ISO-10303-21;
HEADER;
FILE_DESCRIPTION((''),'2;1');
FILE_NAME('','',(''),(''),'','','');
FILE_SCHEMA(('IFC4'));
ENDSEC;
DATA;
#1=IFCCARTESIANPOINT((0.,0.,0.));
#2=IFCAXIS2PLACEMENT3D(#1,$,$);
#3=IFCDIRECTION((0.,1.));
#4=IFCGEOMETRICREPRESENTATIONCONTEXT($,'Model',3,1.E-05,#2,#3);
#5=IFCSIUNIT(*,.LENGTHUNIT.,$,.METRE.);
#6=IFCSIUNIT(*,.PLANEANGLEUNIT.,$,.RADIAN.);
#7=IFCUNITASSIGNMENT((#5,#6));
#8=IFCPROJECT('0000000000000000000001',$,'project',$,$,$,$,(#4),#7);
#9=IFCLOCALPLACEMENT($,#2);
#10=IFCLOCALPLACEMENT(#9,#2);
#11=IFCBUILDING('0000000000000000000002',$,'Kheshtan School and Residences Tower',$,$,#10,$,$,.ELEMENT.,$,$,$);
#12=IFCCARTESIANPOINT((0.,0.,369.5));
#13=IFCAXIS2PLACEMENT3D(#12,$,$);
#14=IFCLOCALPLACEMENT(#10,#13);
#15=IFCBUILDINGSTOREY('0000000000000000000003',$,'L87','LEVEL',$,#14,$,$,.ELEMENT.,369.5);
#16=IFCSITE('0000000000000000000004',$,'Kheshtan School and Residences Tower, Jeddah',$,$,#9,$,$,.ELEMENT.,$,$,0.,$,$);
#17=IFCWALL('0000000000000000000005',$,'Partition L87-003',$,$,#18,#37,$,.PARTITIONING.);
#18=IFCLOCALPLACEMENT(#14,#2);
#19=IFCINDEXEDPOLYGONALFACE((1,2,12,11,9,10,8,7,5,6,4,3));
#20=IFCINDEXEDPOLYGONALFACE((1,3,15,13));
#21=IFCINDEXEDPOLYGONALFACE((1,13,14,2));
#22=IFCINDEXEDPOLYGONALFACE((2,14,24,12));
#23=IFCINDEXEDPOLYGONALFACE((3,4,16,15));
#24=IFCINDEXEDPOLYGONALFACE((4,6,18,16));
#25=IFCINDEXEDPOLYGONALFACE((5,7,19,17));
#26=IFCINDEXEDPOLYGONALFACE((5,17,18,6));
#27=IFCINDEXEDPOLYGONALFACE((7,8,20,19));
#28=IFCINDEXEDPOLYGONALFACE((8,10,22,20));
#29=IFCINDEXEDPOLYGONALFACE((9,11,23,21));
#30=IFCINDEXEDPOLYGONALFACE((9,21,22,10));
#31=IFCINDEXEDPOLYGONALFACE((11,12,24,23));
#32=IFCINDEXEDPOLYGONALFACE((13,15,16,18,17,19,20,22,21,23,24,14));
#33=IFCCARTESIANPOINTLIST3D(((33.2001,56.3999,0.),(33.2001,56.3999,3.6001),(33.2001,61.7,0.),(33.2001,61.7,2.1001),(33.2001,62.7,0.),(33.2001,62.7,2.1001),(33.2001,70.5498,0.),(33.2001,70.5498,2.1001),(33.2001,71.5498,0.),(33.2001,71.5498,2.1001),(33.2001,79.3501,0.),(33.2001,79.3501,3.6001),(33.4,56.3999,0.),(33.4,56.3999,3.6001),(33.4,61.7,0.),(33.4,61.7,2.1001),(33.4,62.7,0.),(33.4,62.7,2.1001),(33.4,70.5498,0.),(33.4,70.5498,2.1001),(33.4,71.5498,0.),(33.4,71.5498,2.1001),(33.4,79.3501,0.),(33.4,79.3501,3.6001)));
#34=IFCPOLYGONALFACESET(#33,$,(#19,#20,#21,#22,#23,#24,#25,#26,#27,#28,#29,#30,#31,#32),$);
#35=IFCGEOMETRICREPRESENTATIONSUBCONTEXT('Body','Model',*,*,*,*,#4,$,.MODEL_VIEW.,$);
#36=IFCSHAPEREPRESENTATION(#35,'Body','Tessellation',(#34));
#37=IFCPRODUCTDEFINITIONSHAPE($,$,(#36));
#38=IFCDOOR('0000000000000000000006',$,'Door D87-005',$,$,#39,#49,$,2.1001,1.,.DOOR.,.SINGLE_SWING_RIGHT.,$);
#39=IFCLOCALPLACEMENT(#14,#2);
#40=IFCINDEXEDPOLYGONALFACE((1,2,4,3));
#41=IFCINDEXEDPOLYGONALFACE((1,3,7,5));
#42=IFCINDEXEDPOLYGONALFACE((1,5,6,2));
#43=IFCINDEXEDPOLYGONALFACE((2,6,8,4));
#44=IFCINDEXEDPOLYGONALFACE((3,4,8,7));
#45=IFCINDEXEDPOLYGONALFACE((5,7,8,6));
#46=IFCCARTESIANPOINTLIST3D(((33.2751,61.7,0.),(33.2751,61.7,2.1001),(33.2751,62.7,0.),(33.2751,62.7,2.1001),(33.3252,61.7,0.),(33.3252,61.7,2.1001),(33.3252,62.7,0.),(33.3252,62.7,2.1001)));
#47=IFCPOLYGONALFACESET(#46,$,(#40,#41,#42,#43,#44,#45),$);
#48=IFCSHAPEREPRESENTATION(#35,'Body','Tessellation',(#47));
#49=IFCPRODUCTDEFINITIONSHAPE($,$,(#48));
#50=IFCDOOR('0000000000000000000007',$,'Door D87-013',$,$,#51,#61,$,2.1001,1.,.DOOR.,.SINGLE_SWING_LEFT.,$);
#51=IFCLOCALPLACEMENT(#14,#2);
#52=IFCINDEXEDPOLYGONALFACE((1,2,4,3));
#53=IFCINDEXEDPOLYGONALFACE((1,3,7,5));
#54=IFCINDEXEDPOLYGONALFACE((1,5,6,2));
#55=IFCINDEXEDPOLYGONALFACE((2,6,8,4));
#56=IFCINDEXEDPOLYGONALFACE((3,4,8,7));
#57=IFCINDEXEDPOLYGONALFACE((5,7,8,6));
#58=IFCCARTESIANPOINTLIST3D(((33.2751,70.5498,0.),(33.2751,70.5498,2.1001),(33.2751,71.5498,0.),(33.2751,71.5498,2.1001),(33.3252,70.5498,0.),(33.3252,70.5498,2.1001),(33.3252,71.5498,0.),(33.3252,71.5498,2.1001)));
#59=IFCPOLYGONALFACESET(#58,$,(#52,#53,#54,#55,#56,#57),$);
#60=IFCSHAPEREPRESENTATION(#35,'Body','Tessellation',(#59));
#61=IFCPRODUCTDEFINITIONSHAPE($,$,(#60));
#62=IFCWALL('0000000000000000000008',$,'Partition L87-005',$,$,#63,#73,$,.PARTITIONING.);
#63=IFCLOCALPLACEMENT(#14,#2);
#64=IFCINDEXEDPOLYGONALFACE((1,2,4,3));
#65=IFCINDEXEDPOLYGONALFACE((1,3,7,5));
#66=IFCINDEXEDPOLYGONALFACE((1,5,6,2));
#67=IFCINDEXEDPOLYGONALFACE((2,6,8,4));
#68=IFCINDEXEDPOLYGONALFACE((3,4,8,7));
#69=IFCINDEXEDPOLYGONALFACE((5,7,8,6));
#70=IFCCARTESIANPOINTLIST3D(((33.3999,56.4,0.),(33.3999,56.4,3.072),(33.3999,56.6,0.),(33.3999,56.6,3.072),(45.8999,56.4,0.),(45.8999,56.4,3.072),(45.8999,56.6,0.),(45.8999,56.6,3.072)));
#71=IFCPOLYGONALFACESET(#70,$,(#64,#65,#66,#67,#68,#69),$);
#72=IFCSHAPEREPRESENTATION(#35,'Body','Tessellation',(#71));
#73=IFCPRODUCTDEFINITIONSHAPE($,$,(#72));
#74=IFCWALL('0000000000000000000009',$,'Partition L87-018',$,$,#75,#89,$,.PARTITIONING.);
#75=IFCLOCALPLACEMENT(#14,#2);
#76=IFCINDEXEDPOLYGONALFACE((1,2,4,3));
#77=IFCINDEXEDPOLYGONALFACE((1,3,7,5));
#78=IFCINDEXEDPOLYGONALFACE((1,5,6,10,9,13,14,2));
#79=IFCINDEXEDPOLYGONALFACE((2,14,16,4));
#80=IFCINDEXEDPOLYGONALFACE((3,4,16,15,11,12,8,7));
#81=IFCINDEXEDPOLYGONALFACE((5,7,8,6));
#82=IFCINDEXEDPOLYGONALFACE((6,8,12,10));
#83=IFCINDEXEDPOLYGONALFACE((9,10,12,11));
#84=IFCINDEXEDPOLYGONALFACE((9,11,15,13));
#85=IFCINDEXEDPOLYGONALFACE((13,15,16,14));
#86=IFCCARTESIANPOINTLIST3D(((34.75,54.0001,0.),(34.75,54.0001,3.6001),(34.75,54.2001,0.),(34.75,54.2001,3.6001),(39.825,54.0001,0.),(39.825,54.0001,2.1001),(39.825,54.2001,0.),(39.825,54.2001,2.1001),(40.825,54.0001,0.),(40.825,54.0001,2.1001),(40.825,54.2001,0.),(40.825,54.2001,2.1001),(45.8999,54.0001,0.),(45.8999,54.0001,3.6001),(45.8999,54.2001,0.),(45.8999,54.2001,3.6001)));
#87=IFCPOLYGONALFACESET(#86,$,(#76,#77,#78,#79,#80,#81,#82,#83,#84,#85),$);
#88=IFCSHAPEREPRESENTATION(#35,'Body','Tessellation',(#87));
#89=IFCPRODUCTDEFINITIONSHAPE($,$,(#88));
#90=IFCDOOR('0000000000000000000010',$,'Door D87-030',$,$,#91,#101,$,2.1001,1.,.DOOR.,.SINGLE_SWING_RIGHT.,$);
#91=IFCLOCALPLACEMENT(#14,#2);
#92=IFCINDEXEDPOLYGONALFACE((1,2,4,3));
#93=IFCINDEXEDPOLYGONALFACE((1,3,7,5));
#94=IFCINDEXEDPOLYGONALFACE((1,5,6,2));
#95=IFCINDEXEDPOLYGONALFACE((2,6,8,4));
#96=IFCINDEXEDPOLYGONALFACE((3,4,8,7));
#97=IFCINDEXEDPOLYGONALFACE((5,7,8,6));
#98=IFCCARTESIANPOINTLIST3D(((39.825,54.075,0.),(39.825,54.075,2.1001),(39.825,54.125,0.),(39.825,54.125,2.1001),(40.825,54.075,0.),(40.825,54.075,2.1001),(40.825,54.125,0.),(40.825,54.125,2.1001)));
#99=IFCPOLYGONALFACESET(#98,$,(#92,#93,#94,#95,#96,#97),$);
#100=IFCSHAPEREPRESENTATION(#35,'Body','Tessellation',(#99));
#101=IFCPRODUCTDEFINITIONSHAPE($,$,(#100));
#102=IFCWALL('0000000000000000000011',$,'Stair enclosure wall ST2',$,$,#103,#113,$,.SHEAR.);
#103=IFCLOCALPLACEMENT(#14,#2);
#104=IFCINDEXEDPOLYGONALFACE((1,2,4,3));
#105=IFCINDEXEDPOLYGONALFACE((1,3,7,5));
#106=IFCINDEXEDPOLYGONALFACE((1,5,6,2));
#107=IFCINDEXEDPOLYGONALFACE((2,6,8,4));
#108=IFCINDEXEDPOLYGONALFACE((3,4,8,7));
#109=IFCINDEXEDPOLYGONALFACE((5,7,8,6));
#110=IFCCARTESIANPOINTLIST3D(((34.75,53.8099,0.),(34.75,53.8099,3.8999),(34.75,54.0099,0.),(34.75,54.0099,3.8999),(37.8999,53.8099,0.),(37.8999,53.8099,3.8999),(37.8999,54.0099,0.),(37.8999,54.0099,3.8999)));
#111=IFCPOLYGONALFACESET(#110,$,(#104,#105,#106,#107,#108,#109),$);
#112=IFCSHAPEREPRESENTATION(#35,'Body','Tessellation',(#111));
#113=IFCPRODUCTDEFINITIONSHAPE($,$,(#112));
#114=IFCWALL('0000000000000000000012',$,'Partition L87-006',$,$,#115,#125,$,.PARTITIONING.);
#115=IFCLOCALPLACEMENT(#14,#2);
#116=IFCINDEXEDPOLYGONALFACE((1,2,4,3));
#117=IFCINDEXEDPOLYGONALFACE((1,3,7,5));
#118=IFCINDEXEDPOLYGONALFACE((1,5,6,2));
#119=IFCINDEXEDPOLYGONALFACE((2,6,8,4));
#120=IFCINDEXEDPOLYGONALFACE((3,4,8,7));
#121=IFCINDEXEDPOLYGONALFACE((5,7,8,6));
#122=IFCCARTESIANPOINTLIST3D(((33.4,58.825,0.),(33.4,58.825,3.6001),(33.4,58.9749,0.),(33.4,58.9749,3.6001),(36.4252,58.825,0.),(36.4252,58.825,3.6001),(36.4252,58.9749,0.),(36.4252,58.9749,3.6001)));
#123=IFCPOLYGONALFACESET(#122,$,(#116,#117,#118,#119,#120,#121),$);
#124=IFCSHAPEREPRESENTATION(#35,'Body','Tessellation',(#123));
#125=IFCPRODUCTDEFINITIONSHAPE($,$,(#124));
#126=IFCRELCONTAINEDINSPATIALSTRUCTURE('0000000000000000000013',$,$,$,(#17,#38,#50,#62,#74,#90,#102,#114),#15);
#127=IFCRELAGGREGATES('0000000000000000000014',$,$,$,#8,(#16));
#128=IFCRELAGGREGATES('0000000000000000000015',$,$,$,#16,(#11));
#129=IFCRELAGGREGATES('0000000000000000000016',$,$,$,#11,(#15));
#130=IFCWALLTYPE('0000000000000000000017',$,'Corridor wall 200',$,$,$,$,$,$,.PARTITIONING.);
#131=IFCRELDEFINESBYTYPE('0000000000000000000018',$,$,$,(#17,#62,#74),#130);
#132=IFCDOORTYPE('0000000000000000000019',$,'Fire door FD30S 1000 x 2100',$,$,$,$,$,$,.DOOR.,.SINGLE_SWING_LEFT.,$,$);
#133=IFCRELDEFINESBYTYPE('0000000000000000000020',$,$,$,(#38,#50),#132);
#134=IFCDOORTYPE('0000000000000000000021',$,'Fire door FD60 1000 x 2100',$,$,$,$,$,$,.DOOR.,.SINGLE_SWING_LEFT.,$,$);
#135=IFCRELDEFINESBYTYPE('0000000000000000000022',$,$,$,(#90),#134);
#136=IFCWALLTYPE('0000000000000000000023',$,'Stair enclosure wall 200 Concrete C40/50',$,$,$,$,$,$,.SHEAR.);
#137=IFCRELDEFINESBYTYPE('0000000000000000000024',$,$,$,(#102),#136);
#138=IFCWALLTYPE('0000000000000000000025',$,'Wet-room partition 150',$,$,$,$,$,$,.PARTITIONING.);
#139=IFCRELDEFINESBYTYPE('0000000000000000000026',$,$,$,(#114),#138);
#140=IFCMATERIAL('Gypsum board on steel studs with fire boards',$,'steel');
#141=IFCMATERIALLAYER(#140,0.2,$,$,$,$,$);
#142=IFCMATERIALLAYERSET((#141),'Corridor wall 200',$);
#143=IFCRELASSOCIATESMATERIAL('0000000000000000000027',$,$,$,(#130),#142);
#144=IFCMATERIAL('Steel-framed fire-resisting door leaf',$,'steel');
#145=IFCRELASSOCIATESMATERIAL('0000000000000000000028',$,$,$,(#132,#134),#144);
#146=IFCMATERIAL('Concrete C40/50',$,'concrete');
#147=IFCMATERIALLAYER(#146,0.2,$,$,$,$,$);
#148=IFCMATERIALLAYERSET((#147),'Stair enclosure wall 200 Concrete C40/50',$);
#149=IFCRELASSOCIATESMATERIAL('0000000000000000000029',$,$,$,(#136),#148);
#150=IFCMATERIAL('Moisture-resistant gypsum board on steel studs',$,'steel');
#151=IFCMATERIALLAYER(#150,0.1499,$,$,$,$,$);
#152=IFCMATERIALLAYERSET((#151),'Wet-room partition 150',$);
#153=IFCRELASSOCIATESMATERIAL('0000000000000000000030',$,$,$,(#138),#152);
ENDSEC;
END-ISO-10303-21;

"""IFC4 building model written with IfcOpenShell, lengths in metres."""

from ifc_helpers import new_model, si_unit, direction, frame, frame_2d, origin, place, context, subcontext, project, spatial, rectangle, extrude, source, transform, mapped, material, layer, layer_set, type_object, element, fill, save


model = new_model("IFC4")

# Units and contexts
model_context = context("Model", 3, precision=1e-05, world=origin(), true_north=direction((0.0, 1.0)))
body_context = subcontext(model_context, "Body", "Model", "MODEL_VIEW")
ifc_project = project(units=[si_unit("LENGTHUNIT", "METRE"), si_unit("PLANEANGLEUNIT", "RADIAN")], contexts=[model_context])

# Site, building, storey
site_placement = place(None, origin())
site = spatial("IfcSite", under=ifc_project, at=site_placement, Name="Kheshtan School and Residences Tower, Jeddah", CompositionType="ELEMENT", RefElevation=0.0)
building_placement = place(site_placement, origin())
building = spatial("IfcBuilding", under=site, at=building_placement, Name="Kheshtan School and Residences Tower", CompositionType="ELEMENT")
storey_placement = place(building_placement, frame((0.0, 0.0, 369.5)))
storey = spatial("IfcBuildingStorey", under=building, at=storey_placement, Name="L87", Description="LEVEL", CompositionType="ELEMENT", Elevation=369.5)

# Wall, openings, doors
ifc_material_1 = material(Name="Gypsum board on steel studs with fire boards", Category="steel")
ifc_layer_1 = layer(ifc_material_1, 0.2)
ifc_layer_set_1 = layer_set([ifc_layer_1], Name="Corridor wall 200")
wall_type_1 = type_object("IfcWallType", Name="Corridor wall 200", PredefinedType="PARTITIONING", material=ifc_layer_set_1)
wall_1_placement = place(storey_placement, frame((33.3, 56.3999, 0.0), z_axis=(0.0, 0.0, 1.0), x_axis=(0.0, 1.0, 0.0)))
wall_1 = element("IfcWall", 1, at=wall_1_placement, inside=storey, type_object=wall_type_1, Name="Partition L87-003", PredefinedType="PARTITIONING", context=body_context, shape_type="SweptSolid", body=[
    extrude(rectangle(XDim=22.9502, YDim=0.2, at=frame_2d((11.4751, 0.0))), origin(), (0.0, 0.0, 1.0), 3.6001),
])
opening_1_placement = place(wall_1_placement, frame((5.3, 0.0, 0.0)))
opening_1 = element("IfcOpeningElement", 2, at=opening_1_placement, cuts=wall_1, PredefinedType="OPENING", context=body_context, shape_type="SweptSolid", body=[
    extrude(rectangle(XDim=1.0, YDim=2.1001, at=frame_2d((0.5, 1.05))), frame((0.0, 0.1099, 0.0), z_axis=(0.0, -1.0, 0.0), x_axis=(1.0, 0.0, 0.0)), (0.0, 0.0, 1.0), 0.22),
])
opening_2_placement = place(wall_1_placement, frame((14.1499, 0.0, 0.0)))
opening_2 = element("IfcOpeningElement", 3, at=opening_2_placement, cuts=wall_1, PredefinedType="OPENING", context=body_context, shape_type="SweptSolid", body=[
    extrude(rectangle(XDim=1.0, YDim=2.1001, at=frame_2d((0.5, 1.05))), frame((0.0, 0.1099, 0.0), z_axis=(0.0, -1.0, 0.0), x_axis=(1.0, 0.0, 0.0)), (0.0, 0.0, 1.0), 0.22),
])
ifc_material_2 = material(Name="Steel-framed fire-resisting door leaf", Category="steel")
door_type_1 = type_object("IfcDoorType", Name="Fire door FD30S 1000 x 2100", OperationType="SINGLE_SWING_LEFT", PredefinedType="DOOR", material=ifc_material_2)
shared_shape_1 = source(origin(), body_context, "Body", "SweptSolid", [
    extrude(rectangle(XDim=1.0, YDim=2.1001, at=frame_2d((0.5, 1.05))), frame((0.0, 0.0249, 0.0), z_axis=(0.0, -1.0, 0.0), x_axis=(1.0, 0.0, 0.0)), (0.0, 0.0, 1.0), 0.05),
])
door_1_placement = place(opening_1_placement, origin())
door_1 = element("IfcDoor", 4, at=door_1_placement, inside=storey, type_object=door_type_1, Name="Door D87-005", OperationType="SINGLE_SWING_RIGHT", OverallHeight=2.1001, OverallWidth=1.0, PredefinedType="DOOR", context=body_context, shape_type="MappedRepresentation", body=[
    mapped(shared_shape_1, transform((0.0, 0.0, 0.0), x_axis=(1.0, 0.0, 0.0), y_axis=(0.0, 1.0, 0.0), z_axis=(0.0, 0.0, 1.0), scale=1.0)),
])
fill(opening_1, door_1)
door_2_placement = place(opening_2_placement, origin())
door_2 = element("IfcDoor", 5, at=door_2_placement, inside=storey, type_object=door_type_1, Name="Door D87-013", OperationType="SINGLE_SWING_LEFT", OverallHeight=2.1001, OverallWidth=1.0, PredefinedType="DOOR", context=body_context, shape_type="MappedRepresentation", body=[
    mapped(shared_shape_1, transform((0.0, 0.0, 0.0), x_axis=(1.0, 0.0, 0.0), y_axis=(0.0, 1.0, 0.0), z_axis=(0.0, 0.0, 1.0), scale=1.0)),
])
fill(opening_2, door_2)

# Wall
wall_2_placement = place(storey_placement, frame((33.3999, 56.5, 0.0), z_axis=(0.0, 0.0, 1.0), x_axis=(1.0, 0.0, 0.0)))
element("IfcWall", 6, at=wall_2_placement, inside=storey, type_object=wall_type_1, Name="Partition L87-005", PredefinedType="PARTITIONING", context=body_context, shape_type="SweptSolid", body=[
    extrude(rectangle(XDim=12.5, YDim=0.2, at=frame_2d((6.25, 0.0))), origin(), (0.0, 0.0, 1.0), 3.072),
])

# Wall, opening, door
wall_3_placement = place(storey_placement, frame((34.75, 54.1001, 0.0), z_axis=(0.0, 0.0, 1.0), x_axis=(1.0, 0.0, 0.0)))
wall_3 = element("IfcWall", 7, at=wall_3_placement, inside=storey, type_object=wall_type_1, Name="Partition L87-018", PredefinedType="PARTITIONING", context=body_context, shape_type="SweptSolid", body=[
    extrude(rectangle(XDim=11.1499, YDim=0.2, at=frame_2d((5.575, 0.0))), origin(), (0.0, 0.0, 1.0), 3.6001),
])
opening_3_placement = place(wall_3_placement, frame((5.075, 0.0, 0.0)))
opening_3 = element("IfcOpeningElement", 8, at=opening_3_placement, cuts=wall_3, PredefinedType="OPENING", context=body_context, shape_type="SweptSolid", body=[
    extrude(rectangle(XDim=1.0, YDim=2.1001, at=frame_2d((0.5, 1.05))), frame((0.0, 0.1099, 0.0), z_axis=(0.0, -1.0, 0.0), x_axis=(1.0, 0.0, 0.0)), (0.0, 0.0, 1.0), 0.22),
])
door_type_2 = type_object("IfcDoorType", Name="Fire door FD60 1000 x 2100", OperationType="SINGLE_SWING_LEFT", PredefinedType="DOOR", material=ifc_material_2)
shared_shape_2 = source(origin(), body_context, "Body", "SweptSolid", [
    extrude(rectangle(XDim=1.0, YDim=2.1001, at=frame_2d((0.5, 1.05))), frame((0.0, 0.0249, 0.0), z_axis=(0.0, -1.0, 0.0), x_axis=(1.0, 0.0, 0.0)), (0.0, 0.0, 1.0), 0.05),
])
door_3_placement = place(opening_3_placement, origin())
door_3 = element("IfcDoor", 9, at=door_3_placement, inside=storey, type_object=door_type_2, Name="Door D87-030", OperationType="SINGLE_SWING_RIGHT", OverallHeight=2.1001, OverallWidth=1.0, PredefinedType="DOOR", context=body_context, shape_type="MappedRepresentation", body=[
    mapped(shared_shape_2, transform((0.0, 0.0, 0.0), x_axis=(1.0, 0.0, 0.0), y_axis=(0.0, 1.0, 0.0), z_axis=(0.0, 0.0, 1.0), scale=1.0)),
])
fill(opening_3, door_3)

# Walls
ifc_material_3 = material(Name="Concrete C40/50", Category="concrete")
ifc_layer_2 = layer(ifc_material_3, 0.2)
ifc_layer_set_2 = layer_set([ifc_layer_2], Name="Stair enclosure wall 200 Concrete C40/50")
wall_type_2 = type_object("IfcWallType", Name="Stair enclosure wall 200 Concrete C40/50", PredefinedType="SHEAR", material=ifc_layer_set_2)
wall_4_placement = place(storey_placement, frame((34.75, 53.9099, 0.0), z_axis=(0.0, 0.0, 1.0), x_axis=(1.0, 0.0, 0.0)))
element("IfcWall", 10, at=wall_4_placement, inside=storey, type_object=wall_type_2, Name="Stair enclosure wall ST2", PredefinedType="SHEAR", context=body_context, shape_type="SweptSolid", body=[
    extrude(rectangle(XDim=3.1499, YDim=0.2, at=frame_2d((1.575, 0.0))), origin(), (0.0, 0.0, 1.0), 3.8999),
])
ifc_material_4 = material(Name="Moisture-resistant gypsum board on steel studs", Category="steel")
ifc_layer_3 = layer(ifc_material_4, 0.1499)
ifc_layer_set_3 = layer_set([ifc_layer_3], Name="Wet-room partition 150")
wall_type_3 = type_object("IfcWallType", Name="Wet-room partition 150", PredefinedType="PARTITIONING", material=ifc_layer_set_3)
wall_5_placement = place(storey_placement, frame((33.3999, 58.8999, 0.0), z_axis=(0.0, 0.0, 1.0), x_axis=(1.0, 0.0, 0.0)))
element("IfcWall", 11, at=wall_5_placement, inside=storey, type_object=wall_type_3, Name="Partition L87-006", PredefinedType="PARTITIONING", context=body_context, shape_type="SweptSolid", body=[
    extrude(rectangle(XDim=3.0251, YDim=0.1499, at=frame_2d((1.5127, 0.0))), origin(), (0.0, 0.0, 1.0), 3.6001),
])

save(model, "model.ifc")
